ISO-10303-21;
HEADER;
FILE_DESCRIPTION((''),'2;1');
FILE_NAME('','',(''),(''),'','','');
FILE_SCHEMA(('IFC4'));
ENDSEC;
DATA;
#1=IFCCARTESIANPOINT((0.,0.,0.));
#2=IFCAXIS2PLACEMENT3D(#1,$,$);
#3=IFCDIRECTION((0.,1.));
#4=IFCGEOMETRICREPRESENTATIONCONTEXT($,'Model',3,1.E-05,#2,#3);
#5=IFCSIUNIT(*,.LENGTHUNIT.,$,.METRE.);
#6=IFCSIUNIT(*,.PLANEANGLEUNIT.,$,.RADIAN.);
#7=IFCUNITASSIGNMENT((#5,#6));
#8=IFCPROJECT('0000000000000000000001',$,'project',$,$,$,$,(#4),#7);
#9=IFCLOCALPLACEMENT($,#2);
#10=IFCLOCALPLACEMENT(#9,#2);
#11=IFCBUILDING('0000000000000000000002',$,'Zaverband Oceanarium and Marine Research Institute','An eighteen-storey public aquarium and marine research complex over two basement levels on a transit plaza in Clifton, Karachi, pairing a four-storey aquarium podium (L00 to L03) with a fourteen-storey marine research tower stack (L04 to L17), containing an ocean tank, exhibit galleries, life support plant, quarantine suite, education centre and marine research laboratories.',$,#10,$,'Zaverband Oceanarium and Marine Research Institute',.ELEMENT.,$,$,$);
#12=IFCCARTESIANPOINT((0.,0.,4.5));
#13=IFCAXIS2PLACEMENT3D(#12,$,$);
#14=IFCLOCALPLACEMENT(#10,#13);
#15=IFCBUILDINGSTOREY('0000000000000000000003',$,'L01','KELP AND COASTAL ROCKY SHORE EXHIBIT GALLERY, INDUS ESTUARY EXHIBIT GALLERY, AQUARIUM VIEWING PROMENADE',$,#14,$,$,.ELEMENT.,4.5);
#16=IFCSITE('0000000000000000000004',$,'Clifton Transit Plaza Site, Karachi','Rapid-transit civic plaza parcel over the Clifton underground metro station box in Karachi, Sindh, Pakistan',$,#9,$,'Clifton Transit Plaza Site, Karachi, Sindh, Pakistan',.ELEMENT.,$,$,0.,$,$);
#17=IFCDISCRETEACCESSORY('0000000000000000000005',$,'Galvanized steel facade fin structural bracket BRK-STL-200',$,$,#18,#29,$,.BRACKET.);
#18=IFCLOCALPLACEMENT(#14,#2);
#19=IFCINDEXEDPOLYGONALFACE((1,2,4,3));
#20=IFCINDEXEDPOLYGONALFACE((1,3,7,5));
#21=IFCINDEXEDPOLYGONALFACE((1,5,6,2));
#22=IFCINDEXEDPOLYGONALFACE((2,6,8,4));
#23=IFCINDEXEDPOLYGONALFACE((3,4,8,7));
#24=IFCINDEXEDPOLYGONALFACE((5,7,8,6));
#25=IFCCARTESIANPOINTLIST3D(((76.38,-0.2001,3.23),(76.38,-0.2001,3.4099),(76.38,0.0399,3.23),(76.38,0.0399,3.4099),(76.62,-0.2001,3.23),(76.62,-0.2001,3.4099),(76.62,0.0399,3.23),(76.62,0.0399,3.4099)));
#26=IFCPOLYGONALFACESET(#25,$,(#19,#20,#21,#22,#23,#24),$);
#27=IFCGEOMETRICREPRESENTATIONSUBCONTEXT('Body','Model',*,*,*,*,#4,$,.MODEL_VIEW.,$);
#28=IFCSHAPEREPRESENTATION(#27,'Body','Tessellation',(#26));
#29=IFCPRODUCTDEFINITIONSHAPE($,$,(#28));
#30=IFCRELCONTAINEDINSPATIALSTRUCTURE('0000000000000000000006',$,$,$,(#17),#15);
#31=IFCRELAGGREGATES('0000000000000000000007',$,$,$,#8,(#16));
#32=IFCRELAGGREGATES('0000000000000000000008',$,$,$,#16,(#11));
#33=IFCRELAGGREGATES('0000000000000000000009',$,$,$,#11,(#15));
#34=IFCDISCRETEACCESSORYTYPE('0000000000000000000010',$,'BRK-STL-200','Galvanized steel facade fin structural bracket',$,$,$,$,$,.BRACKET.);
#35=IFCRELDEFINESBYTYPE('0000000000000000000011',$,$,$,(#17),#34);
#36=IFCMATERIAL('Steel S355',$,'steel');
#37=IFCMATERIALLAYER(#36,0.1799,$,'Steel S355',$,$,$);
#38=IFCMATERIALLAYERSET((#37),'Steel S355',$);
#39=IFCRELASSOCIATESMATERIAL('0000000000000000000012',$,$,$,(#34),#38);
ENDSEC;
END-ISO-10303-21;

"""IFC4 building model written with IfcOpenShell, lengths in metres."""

from ifc_helpers import new_model, si_unit, direction, frame, origin, origin_2d, place, context, subcontext, project, spatial, rectangle, extrude, material, layer, layer_set, type_object, element, save


model = new_model("IFC4")

# Units and contexts
model_context = context("Model", 3, precision=1e-05, world=origin(), true_north=direction((0.0, 1.0)))
body_context = subcontext(model_context, "Body", "Model", "MODEL_VIEW")
ifc_project = project(units=[si_unit("LENGTHUNIT", "METRE"), si_unit("PLANEANGLEUNIT", "RADIAN")], contexts=[model_context])

# Site, building, storey
site_placement = place(None, origin())
site = spatial("IfcSite", under=ifc_project, at=site_placement, Name="Clifton Transit Plaza Site, Karachi", Description="Rapid-transit civic plaza parcel over the Clifton underground metro station box in Karachi, Sindh, Pakistan", LongName="Clifton Transit Plaza Site, Karachi, Sindh, Pakistan", CompositionType="ELEMENT", RefElevation=0.0)
building_placement = place(site_placement, origin())
building = spatial("IfcBuilding", under=site, at=building_placement, Name="Zaverband Oceanarium and Marine Research Institute", Description="An eighteen-storey public aquarium and marine research complex over two basement levels on a transit plaza in Clifton, Karachi, pairing a four-storey aquarium podium (L00 to L03) with a fourteen-storey marine research tower stack (L04 to L17), containing an ocean tank, exhibit galleries, life support plant, quarantine suite, education centre and marine research laboratories.", LongName="Zaverband Oceanarium and Marine Research Institute", CompositionType="ELEMENT")
storey_placement = place(building_placement, frame((0.0, 0.0, 4.5)))
storey = spatial("IfcBuildingStorey", under=building, at=storey_placement, Name="L01", Description="KELP AND COASTAL ROCKY SHORE EXHIBIT GALLERY, INDUS ESTUARY EXHIBIT GALLERY, AQUARIUM VIEWING PROMENADE", CompositionType="ELEMENT", Elevation=4.5)

# Discrete accessory
ifc_material_1 = material(Name="Steel S355", Category="steel")
ifc_layer_1 = layer(ifc_material_1, 0.1799, Name="Steel S355")
ifc_layer_set_1 = layer_set([ifc_layer_1], Name="Steel S355")
discrete_accessory_type = type_object("IfcDiscreteAccessoryType", Name="BRK-STL-200", Description="Galvanized steel facade fin structural bracket", PredefinedType="BRACKET", material=ifc_layer_set_1)
discrete_accessory_placement = place(storey_placement, frame((76.5, -0.0801, 3.23), z_axis=(0.0, 0.0, 1.0), x_axis=(1.0, 0.0, 0.0)))
element("IfcDiscreteAccessory", 1, at=discrete_accessory_placement, inside=storey, type_object=discrete_accessory_type, Name="Galvanized steel facade fin structural bracket BRK-STL-200", PredefinedType="BRACKET", context=body_context, shape_type="SweptSolid", body=[
    extrude(rectangle(XDim=0.24, YDim=0.24, at=origin_2d()), origin(), (0.0, 0.0, 1.0), 0.1799),
])

save(model, "model.ifc")
